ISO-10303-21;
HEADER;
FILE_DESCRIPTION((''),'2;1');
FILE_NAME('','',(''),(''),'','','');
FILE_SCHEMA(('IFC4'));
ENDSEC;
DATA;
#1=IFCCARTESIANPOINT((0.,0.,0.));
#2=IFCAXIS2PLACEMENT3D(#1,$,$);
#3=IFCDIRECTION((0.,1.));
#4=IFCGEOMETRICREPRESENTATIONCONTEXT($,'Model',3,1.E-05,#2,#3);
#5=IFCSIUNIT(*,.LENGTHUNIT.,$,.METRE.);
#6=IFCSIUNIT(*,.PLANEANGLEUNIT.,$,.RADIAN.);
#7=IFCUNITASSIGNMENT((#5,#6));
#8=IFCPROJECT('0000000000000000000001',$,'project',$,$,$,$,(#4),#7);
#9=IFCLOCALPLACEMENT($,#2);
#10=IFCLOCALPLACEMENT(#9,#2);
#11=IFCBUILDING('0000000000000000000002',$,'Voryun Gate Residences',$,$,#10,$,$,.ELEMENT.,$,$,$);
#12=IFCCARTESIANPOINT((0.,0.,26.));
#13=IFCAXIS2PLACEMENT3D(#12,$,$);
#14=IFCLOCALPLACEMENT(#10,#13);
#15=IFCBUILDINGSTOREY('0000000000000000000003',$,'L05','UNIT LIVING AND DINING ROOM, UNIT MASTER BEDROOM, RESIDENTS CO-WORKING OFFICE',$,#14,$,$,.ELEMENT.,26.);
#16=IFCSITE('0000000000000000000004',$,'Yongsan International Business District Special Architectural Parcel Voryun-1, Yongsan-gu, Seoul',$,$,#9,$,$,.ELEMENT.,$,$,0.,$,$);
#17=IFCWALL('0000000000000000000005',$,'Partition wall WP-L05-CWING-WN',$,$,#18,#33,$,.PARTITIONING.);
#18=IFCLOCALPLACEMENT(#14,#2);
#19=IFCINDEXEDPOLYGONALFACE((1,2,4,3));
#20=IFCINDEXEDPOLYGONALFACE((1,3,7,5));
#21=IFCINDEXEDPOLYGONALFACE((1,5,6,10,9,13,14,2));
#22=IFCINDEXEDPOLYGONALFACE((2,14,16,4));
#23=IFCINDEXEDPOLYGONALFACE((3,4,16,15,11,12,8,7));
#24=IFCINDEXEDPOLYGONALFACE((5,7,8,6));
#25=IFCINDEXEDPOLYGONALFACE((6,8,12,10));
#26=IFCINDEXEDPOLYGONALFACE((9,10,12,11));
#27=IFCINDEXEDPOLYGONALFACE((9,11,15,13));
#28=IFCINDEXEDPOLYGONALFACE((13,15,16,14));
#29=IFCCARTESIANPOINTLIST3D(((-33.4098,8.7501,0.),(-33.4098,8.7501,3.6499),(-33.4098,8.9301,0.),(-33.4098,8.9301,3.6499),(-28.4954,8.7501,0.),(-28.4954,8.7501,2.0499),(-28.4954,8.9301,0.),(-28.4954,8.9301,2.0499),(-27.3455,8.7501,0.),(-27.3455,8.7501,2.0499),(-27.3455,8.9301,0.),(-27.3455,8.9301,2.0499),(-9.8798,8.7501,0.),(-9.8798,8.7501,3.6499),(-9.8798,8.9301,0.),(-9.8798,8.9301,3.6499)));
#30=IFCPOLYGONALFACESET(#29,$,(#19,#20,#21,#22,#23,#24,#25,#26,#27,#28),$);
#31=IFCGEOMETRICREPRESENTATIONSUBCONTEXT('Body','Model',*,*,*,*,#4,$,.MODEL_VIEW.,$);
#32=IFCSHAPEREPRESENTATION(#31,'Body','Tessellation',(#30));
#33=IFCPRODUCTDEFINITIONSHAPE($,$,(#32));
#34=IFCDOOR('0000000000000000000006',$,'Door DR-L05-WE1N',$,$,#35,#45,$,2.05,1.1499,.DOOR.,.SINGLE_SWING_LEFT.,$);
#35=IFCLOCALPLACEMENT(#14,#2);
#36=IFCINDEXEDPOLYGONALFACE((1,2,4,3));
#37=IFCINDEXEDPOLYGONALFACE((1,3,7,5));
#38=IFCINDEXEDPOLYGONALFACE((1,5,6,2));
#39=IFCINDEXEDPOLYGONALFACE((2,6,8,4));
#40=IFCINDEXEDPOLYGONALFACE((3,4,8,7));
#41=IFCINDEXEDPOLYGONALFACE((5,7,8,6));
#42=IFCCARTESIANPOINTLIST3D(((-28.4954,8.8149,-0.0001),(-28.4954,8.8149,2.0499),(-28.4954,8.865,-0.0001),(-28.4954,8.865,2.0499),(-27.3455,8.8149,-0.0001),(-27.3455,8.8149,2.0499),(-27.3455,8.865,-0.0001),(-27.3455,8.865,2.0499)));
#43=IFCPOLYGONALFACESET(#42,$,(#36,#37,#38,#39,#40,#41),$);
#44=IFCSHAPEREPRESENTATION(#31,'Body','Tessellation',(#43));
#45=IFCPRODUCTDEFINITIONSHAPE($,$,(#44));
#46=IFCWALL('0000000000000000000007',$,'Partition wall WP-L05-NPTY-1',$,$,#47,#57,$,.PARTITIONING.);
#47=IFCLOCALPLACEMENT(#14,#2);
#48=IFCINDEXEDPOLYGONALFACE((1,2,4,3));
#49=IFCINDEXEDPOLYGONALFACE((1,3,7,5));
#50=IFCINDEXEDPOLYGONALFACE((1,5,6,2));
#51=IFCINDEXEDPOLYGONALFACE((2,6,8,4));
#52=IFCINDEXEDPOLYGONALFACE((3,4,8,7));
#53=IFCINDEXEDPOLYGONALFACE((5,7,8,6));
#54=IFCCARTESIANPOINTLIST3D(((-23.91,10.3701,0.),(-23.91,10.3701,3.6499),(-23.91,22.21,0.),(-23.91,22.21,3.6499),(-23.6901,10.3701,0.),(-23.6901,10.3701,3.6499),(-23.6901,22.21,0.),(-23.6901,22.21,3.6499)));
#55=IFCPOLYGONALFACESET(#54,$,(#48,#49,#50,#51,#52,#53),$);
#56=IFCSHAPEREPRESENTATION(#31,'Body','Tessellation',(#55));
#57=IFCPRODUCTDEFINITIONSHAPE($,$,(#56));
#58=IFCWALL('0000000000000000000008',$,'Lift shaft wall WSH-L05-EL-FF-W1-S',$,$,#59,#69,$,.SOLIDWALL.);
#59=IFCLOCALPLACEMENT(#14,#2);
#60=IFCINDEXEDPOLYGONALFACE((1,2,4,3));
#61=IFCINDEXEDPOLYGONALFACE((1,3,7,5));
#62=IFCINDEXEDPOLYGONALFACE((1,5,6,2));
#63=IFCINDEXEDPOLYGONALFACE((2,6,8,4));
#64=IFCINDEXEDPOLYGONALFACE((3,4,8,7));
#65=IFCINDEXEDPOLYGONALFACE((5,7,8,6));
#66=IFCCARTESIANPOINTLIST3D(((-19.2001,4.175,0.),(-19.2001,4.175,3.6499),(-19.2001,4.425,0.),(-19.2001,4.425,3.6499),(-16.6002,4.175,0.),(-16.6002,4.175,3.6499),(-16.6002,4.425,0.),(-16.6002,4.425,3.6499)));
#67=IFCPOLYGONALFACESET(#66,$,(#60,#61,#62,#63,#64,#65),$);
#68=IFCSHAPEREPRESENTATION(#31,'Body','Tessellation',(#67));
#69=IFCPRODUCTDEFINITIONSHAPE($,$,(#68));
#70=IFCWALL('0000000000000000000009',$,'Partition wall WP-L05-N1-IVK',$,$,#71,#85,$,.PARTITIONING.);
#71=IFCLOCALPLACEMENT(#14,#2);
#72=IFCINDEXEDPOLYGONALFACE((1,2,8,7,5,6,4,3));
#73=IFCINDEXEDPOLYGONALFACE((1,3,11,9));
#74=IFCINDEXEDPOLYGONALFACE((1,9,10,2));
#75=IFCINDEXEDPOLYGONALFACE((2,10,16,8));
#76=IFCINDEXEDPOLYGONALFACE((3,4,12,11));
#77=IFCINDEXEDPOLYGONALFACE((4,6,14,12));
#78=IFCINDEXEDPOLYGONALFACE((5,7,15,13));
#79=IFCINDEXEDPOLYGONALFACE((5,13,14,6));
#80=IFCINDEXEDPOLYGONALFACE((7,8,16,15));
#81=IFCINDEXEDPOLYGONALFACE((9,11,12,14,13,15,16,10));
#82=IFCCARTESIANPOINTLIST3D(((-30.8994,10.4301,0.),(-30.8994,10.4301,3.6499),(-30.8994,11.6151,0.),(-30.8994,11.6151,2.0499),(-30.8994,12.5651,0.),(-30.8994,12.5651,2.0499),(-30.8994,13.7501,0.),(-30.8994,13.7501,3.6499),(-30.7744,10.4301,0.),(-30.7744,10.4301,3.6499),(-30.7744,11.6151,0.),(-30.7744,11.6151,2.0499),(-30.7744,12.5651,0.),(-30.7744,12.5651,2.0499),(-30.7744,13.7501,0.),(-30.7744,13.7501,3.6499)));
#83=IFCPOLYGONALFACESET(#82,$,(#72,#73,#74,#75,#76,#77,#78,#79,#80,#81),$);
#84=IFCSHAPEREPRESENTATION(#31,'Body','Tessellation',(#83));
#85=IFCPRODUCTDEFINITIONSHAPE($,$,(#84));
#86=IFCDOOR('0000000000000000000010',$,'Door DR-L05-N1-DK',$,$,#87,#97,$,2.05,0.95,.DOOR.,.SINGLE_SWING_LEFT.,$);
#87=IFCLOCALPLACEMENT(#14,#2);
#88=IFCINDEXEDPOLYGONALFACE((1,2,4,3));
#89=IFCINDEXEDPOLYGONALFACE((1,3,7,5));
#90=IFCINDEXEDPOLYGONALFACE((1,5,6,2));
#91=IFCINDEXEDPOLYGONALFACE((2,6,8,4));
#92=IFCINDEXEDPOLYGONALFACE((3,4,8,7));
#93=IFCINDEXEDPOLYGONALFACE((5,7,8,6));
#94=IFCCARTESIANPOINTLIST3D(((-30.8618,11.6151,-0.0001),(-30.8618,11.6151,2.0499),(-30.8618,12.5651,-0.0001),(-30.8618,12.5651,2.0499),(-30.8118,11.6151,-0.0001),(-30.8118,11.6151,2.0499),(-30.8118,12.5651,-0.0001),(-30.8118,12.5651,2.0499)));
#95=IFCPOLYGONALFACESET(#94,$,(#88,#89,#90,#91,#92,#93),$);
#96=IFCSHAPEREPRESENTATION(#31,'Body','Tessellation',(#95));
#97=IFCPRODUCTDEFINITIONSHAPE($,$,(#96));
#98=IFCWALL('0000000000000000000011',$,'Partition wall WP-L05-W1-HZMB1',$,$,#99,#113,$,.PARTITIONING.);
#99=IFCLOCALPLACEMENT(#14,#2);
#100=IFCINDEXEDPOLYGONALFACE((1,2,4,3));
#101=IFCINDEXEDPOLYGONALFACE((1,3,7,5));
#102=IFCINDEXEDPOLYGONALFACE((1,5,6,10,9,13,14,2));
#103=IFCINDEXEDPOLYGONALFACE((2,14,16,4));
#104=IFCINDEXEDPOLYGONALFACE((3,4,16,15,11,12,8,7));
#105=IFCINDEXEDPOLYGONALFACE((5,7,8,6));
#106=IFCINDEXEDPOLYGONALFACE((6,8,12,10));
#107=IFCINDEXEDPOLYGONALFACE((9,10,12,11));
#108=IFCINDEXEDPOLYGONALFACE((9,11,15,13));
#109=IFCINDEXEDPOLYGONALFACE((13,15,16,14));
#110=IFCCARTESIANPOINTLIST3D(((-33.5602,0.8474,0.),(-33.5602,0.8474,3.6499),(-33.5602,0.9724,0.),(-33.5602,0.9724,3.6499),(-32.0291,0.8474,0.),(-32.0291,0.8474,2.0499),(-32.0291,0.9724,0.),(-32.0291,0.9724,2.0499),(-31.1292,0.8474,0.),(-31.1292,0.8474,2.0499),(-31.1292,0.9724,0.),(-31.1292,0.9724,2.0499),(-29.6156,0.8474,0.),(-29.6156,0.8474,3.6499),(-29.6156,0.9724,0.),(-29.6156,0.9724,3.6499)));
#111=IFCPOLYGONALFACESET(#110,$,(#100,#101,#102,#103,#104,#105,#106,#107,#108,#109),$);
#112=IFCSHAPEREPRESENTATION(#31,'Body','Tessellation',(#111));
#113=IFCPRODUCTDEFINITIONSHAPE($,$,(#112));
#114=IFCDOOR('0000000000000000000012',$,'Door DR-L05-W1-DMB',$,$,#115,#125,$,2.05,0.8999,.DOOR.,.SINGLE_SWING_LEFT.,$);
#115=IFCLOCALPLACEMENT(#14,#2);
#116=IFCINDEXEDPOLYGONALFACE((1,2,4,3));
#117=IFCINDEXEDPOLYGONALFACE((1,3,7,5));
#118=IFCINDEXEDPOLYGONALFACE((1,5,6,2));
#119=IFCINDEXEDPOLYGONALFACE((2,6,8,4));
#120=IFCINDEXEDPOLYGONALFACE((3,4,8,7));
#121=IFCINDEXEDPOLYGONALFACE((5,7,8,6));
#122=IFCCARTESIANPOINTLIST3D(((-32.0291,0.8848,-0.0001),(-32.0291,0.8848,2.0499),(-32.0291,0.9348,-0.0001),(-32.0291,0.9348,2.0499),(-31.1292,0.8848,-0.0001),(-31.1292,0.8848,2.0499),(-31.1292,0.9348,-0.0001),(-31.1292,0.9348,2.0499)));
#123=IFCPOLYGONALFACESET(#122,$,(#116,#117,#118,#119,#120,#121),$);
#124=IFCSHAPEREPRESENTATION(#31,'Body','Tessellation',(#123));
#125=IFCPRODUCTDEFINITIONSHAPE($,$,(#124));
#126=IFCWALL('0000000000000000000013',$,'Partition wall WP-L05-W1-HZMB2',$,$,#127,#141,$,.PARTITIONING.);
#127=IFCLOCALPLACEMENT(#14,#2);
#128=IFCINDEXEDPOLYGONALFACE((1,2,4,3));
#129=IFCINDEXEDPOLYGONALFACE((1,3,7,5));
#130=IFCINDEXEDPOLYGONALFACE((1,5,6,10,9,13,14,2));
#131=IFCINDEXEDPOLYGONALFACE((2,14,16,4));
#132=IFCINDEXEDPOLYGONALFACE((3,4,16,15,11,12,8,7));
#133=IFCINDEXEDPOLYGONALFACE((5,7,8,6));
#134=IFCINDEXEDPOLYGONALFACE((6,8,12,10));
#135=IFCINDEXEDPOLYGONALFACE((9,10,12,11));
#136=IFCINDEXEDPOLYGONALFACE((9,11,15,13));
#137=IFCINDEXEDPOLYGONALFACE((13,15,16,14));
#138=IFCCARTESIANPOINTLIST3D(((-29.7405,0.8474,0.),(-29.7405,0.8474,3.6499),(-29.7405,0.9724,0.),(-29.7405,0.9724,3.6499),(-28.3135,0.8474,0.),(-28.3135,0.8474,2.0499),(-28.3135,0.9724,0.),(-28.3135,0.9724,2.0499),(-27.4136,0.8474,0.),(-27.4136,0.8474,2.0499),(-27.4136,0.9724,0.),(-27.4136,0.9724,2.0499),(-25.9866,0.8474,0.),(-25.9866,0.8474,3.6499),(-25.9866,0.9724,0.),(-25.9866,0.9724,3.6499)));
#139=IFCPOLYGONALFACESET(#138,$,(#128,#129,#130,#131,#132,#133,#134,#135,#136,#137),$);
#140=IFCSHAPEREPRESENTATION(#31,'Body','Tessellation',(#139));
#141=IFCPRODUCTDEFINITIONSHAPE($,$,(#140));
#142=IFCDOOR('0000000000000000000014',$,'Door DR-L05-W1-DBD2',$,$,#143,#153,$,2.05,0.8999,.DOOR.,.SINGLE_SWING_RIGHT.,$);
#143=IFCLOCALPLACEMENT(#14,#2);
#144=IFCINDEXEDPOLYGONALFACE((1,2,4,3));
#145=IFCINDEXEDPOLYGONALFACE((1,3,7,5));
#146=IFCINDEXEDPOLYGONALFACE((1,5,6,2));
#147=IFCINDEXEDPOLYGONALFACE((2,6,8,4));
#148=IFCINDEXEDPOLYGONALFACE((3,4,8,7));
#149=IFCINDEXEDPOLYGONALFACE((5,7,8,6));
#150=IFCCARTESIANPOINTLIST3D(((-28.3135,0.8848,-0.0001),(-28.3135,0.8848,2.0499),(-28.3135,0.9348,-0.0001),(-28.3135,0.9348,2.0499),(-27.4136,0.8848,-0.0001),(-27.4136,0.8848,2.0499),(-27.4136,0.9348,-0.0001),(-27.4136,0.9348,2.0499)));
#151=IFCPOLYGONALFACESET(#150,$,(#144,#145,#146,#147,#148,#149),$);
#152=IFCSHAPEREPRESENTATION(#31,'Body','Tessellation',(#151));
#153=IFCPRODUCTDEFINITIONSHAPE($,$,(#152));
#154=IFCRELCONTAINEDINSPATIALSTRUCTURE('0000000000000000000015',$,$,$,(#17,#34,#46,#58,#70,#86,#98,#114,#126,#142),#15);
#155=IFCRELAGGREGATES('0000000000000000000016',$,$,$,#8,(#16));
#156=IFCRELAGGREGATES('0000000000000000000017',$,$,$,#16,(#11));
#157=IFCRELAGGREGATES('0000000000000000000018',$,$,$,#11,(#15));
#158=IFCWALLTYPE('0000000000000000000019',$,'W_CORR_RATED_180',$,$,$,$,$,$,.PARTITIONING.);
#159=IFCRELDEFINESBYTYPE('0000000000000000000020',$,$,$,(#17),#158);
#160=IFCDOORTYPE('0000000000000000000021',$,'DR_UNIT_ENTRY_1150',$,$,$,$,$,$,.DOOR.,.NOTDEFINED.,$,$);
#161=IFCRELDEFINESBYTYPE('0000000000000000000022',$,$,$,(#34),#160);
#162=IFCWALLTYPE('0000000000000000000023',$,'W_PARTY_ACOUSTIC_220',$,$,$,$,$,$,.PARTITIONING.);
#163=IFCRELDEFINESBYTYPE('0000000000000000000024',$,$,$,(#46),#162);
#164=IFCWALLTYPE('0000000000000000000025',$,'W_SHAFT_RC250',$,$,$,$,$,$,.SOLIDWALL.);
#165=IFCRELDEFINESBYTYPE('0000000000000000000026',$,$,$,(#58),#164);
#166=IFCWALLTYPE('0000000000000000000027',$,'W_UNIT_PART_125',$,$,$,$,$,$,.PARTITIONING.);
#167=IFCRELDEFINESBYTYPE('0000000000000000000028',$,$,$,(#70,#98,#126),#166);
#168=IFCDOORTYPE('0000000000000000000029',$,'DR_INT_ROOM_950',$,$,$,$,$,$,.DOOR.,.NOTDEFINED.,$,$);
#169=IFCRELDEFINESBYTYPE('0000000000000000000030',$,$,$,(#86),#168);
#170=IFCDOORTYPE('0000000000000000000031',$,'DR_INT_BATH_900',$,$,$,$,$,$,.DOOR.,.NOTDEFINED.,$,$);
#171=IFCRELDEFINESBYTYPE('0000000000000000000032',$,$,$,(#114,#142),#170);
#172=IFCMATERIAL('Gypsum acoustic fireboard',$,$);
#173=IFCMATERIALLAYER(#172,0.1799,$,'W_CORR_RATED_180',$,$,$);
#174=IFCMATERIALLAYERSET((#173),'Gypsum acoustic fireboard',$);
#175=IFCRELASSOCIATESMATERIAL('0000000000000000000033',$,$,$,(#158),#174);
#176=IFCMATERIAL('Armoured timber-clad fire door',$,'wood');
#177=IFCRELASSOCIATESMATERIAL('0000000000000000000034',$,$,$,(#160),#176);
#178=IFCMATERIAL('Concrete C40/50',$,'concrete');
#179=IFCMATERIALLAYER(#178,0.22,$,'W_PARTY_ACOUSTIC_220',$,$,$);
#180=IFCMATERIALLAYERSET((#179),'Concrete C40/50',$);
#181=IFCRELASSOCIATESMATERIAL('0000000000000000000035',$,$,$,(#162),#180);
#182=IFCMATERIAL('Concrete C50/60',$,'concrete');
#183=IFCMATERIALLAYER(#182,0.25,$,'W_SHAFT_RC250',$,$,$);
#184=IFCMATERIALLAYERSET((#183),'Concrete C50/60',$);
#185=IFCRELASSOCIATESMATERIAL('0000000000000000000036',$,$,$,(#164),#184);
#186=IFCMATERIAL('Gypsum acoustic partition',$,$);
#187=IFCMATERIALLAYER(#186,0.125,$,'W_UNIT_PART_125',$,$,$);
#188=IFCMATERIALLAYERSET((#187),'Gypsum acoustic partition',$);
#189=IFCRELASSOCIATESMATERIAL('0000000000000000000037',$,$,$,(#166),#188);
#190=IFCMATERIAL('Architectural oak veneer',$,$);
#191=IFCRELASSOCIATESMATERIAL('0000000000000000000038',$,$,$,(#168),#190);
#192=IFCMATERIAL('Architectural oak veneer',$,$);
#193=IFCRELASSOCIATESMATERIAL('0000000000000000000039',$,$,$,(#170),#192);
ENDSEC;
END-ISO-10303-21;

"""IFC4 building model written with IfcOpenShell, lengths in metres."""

from ifc_helpers import new_model, si_unit, direction, frame, frame_2d, origin, place, context, subcontext, project, spatial, rectangle, extrude, material, layer, layer_set, type_object, element, fill, save


model = new_model("IFC4")

# Units and contexts
model_context = context("Model", 3, precision=1e-05, world=origin(), true_north=direction((0.0, 1.0)))
body_context = subcontext(model_context, "Body", "Model", "MODEL_VIEW")
ifc_project = project(units=[si_unit("LENGTHUNIT", "METRE"), si_unit("PLANEANGLEUNIT", "RADIAN")], contexts=[model_context])

# Site, building, storey
site_placement = place(None, origin())
site = spatial("IfcSite", under=ifc_project, at=site_placement, Name="Yongsan International Business District Special Architectural Parcel Voryun-1, Yongsan-gu, Seoul", CompositionType="ELEMENT", RefElevation=0.0)
building_placement = place(site_placement, origin())
building = spatial("IfcBuilding", under=site, at=building_placement, Name="Voryun Gate Residences", CompositionType="ELEMENT")
storey_placement = place(building_placement, frame((0.0, 0.0, 26.0)))
storey = spatial("IfcBuildingStorey", under=building, at=storey_placement, Name="L05", Description="UNIT LIVING AND DINING ROOM, UNIT MASTER BEDROOM, RESIDENTS CO-WORKING OFFICE", CompositionType="ELEMENT", Elevation=26.0)

# Wall, opening, door
ifc_material_1 = material(Name="Gypsum acoustic fireboard")
ifc_layer_1 = layer(ifc_material_1, 0.1799, Name="W_CORR_RATED_180")
ifc_layer_set_1 = layer_set([ifc_layer_1], Name="Gypsum acoustic fireboard")
wall_type_1 = type_object("IfcWallType", Name="W_CORR_RATED_180", PredefinedType="PARTITIONING", material=ifc_layer_set_1)
wall_1_placement = place(storey_placement, frame((-33.4099, 8.8401, 0.0), z_axis=(0.0, 0.0, 1.0), x_axis=(1.0, 0.0, 0.0)))
wall_1 = element("IfcWall", 1, at=wall_1_placement, inside=storey, type_object=wall_type_1, Name="Partition wall WP-L05-CWING-WN", PredefinedType="PARTITIONING", context=body_context, shape_type="SweptSolid", body=[
    extrude(rectangle(XDim=23.53, YDim=0.1799, at=frame_2d((11.7651, 0.0))), origin(), (0.0, 0.0, 1.0), 3.6499),
])
opening_1_placement = place(wall_1_placement, frame((4.9146, 0.0, 0.0)))
opening_1 = element("IfcOpeningElement", 2, at=opening_1_placement, cuts=wall_1, PredefinedType="OPENING", context=body_context, shape_type="SweptSolid", body=[
    extrude(rectangle(XDim=1.1499, YDim=2.05, at=frame_2d((0.575, 1.0249))), frame((0.0, 0.0999, 0.0), z_axis=(0.0, -1.0, 0.0), x_axis=(1.0, 0.0, 0.0)), (0.0, 0.0, 1.0), 0.2),
])
ifc_material_2 = material(Name="Armoured timber-clad fire door", Category="wood")
door_type_1 = type_object("IfcDoorType", Name="DR_UNIT_ENTRY_1150", OperationType="NOTDEFINED", PredefinedType="DOOR", material=ifc_material_2)
door_1_placement = place(opening_1_placement, origin())
door_1 = element("IfcDoor", 3, at=door_1_placement, inside=storey, type_object=door_type_1, Name="Door DR-L05-WE1N", OperationType="SINGLE_SWING_LEFT", OverallHeight=2.05, OverallWidth=1.1499, PredefinedType="DOOR", context=body_context, shape_type="SweptSolid", body=[
    extrude(rectangle(XDim=1.1499, YDim=2.05, at=frame_2d((0.575, 1.0249))), frame((0.0, 0.0249, 0.0), z_axis=(0.0, -1.0, 0.0), x_axis=(1.0, 0.0, 0.0)), (0.0, 0.0, 1.0), 0.05),
])
fill(opening_1, door_1)

# Walls
ifc_material_3 = material(Name="Concrete C40/50", Category="concrete")
ifc_layer_2 = layer(ifc_material_3, 0.22, Name="W_PARTY_ACOUSTIC_220")
ifc_layer_set_2 = layer_set([ifc_layer_2], Name="Concrete C40/50")
wall_type_2 = type_object("IfcWallType", Name="W_PARTY_ACOUSTIC_220", PredefinedType="PARTITIONING", material=ifc_layer_set_2)
wall_2_placement = place(storey_placement, frame((-23.8, 10.3701, 0.0), z_axis=(0.0, 0.0, 1.0), x_axis=(0.0, 1.0, 0.0)))
element("IfcWall", 4, at=wall_2_placement, inside=storey, type_object=wall_type_2, Name="Partition wall WP-L05-NPTY-1", PredefinedType="PARTITIONING", context=body_context, shape_type="SweptSolid", body=[
    extrude(rectangle(XDim=11.8398, YDim=0.22, at=frame_2d((5.9199, 0.0))), origin(), (0.0, 0.0, 1.0), 3.6499),
])
ifc_material_4 = material(Name="Concrete C50/60", Category="concrete")
ifc_layer_3 = layer(ifc_material_4, 0.25, Name="W_SHAFT_RC250")
ifc_layer_set_3 = layer_set([ifc_layer_3], Name="Concrete C50/60")
wall_type_3 = type_object("IfcWallType", Name="W_SHAFT_RC250", PredefinedType="SOLIDWALL", material=ifc_layer_set_3)
wall_3_placement = place(storey_placement, frame((-19.2, 4.3, 0.0), z_axis=(0.0, 0.0, 1.0), x_axis=(1.0, 0.0, 0.0)))
element("IfcWall", 5, at=wall_3_placement, inside=storey, type_object=wall_type_3, Name="Lift shaft wall WSH-L05-EL-FF-W1-S", PredefinedType="SOLIDWALL", context=body_context, shape_type="SweptSolid", body=[
    extrude(rectangle(XDim=2.5999, YDim=0.25, at=frame_2d((1.2998, 0.0))), origin(), (0.0, 0.0, 1.0), 3.6499),
])

# Walls, openings, doors
ifc_material_5 = material(Name="Gypsum acoustic partition")
ifc_layer_4 = layer(ifc_material_5, 0.125, Name="W_UNIT_PART_125")
ifc_layer_set_4 = layer_set([ifc_layer_4], Name="Gypsum acoustic partition")
wall_type_4 = type_object("IfcWallType", Name="W_UNIT_PART_125", PredefinedType="PARTITIONING", material=ifc_layer_set_4)
wall_4_placement = place(storey_placement, frame((-30.8369, 10.4299, 0.0), z_axis=(0.0, 0.0, 1.0), x_axis=(0.0, 1.0, 0.0)))
wall_4 = element("IfcWall", 6, at=wall_4_placement, inside=storey, type_object=wall_type_4, Name="Partition wall WP-L05-N1-IVK", PredefinedType="PARTITIONING", context=body_context, shape_type="SweptSolid", body=[
    extrude(rectangle(XDim=3.3201, YDim=0.125, at=frame_2d((1.6602, 0.0))), origin(), (0.0, 0.0, 1.0), 3.6499),
])
opening_2_placement = place(wall_4_placement, frame((1.1851, 0.0, 0.0)))
opening_2 = element("IfcOpeningElement", 7, at=opening_2_placement, cuts=wall_4, PredefinedType="OPENING", context=body_context, shape_type="SweptSolid", body=[
    extrude(rectangle(XDim=0.95, YDim=2.05, at=frame_2d((0.4751, 1.0249))), frame((0.0, 0.0725, 0.0), z_axis=(0.0, -1.0, 0.0), x_axis=(1.0, 0.0, 0.0)), (0.0, 0.0, 1.0), 0.145),
])
ifc_material_6 = material(Name="Architectural oak veneer")
door_type_2 = type_object("IfcDoorType", Name="DR_INT_ROOM_950", OperationType="NOTDEFINED", PredefinedType="DOOR", material=ifc_material_6)
door_2_placement = place(opening_2_placement, origin())
door_2 = element("IfcDoor", 8, at=door_2_placement, inside=storey, type_object=door_type_2, Name="Door DR-L05-N1-DK", OperationType="SINGLE_SWING_LEFT", OverallHeight=2.05, OverallWidth=0.95, PredefinedType="DOOR", context=body_context, shape_type="SweptSolid", body=[
    extrude(rectangle(XDim=0.95, YDim=2.05, at=frame_2d((0.4751, 1.0249))), frame((0.0, 0.0249, 0.0), z_axis=(0.0, -1.0, 0.0), x_axis=(1.0, 0.0, 0.0)), (0.0, 0.0, 1.0), 0.05),
])
fill(opening_2, door_2)
wall_5_placement = place(storey_placement, frame((-33.5601, 0.9099, 0.0), z_axis=(0.0, 0.0, 1.0), x_axis=(1.0, 0.0, 0.0)))
wall_5 = element("IfcWall", 9, at=wall_5_placement, inside=storey, type_object=wall_type_4, Name="Partition wall WP-L05-W1-HZMB1", PredefinedType="PARTITIONING", context=body_context, shape_type="SweptSolid", body=[
    extrude(rectangle(XDim=3.9446, YDim=0.125, at=frame_2d((1.9722, 0.0))), origin(), (0.0, 0.0, 1.0), 3.6499),
])
opening_3_placement = place(wall_5_placement, frame((1.531, 0.0, 0.0)))
opening_3 = element("IfcOpeningElement", 10, at=opening_3_placement, cuts=wall_5, PredefinedType="OPENING", context=body_context, shape_type="SweptSolid", body=[
    extrude(rectangle(XDim=0.8999, YDim=2.05, at=frame_2d((0.45, 1.0249))), frame((0.0, 0.0725, 0.0), z_axis=(0.0, -1.0, 0.0), x_axis=(1.0, 0.0, 0.0)), (0.0, 0.0, 1.0), 0.145),
])
ifc_material_7 = material(Name="Architectural oak veneer")
door_type_3 = type_object("IfcDoorType", Name="DR_INT_BATH_900", OperationType="NOTDEFINED", PredefinedType="DOOR", material=ifc_material_7)
door_3_placement = place(opening_3_placement, origin())
door_3 = element("IfcDoor", 11, at=door_3_placement, inside=storey, type_object=door_type_3, Name="Door DR-L05-W1-DMB", OperationType="SINGLE_SWING_LEFT", OverallHeight=2.05, OverallWidth=0.8999, PredefinedType="DOOR", context=body_context, shape_type="SweptSolid", body=[
    extrude(rectangle(XDim=0.8999, YDim=2.05, at=frame_2d((0.45, 1.0249))), frame((0.0, 0.0249, 0.0), z_axis=(0.0, -1.0, 0.0), x_axis=(1.0, 0.0, 0.0)), (0.0, 0.0, 1.0), 0.05),
])
fill(opening_3, door_3)
wall_6_placement = place(storey_placement, frame((-29.7405, 0.9099, 0.0), z_axis=(0.0, 0.0, 1.0), x_axis=(1.0, 0.0, 0.0)))
wall_6 = element("IfcWall", 12, at=wall_6_placement, inside=storey, type_object=wall_type_4, Name="Partition wall WP-L05-W1-HZMB2", PredefinedType="PARTITIONING", context=body_context, shape_type="SweptSolid", body=[
    extrude(rectangle(XDim=3.7539, YDim=0.125, at=frame_2d((1.877, 0.0))), origin(), (0.0, 0.0, 1.0), 3.6499),
])
opening_4_placement = place(wall_6_placement, frame((1.427, 0.0, 0.0)))
opening_4 = element("IfcOpeningElement", 13, at=opening_4_placement, cuts=wall_6, PredefinedType="OPENING", context=body_context, shape_type="SweptSolid", body=[
    extrude(rectangle(XDim=0.8999, YDim=2.05, at=frame_2d((0.45, 1.0249))), frame((0.0, 0.0725, 0.0), z_axis=(0.0, -1.0, 0.0), x_axis=(1.0, 0.0, 0.0)), (0.0, 0.0, 1.0), 0.145),
])
door_4_placement = place(opening_4_placement, origin())
door_4 = element("IfcDoor", 14, at=door_4_placement, inside=storey, type_object=door_type_3, Name="Door DR-L05-W1-DBD2", OperationType="SINGLE_SWING_RIGHT", OverallHeight=2.05, OverallWidth=0.8999, PredefinedType="DOOR", context=body_context, shape_type="SweptSolid", body=[
    extrude(rectangle(XDim=0.8999, YDim=2.05, at=frame_2d((0.45, 1.0249))), frame((0.0, 0.0249, 0.0), z_axis=(0.0, -1.0, 0.0), x_axis=(1.0, 0.0, 0.0)), (0.0, 0.0, 1.0), 0.05),
])
fill(opening_4, door_4)

save(model, "model.ifc")
